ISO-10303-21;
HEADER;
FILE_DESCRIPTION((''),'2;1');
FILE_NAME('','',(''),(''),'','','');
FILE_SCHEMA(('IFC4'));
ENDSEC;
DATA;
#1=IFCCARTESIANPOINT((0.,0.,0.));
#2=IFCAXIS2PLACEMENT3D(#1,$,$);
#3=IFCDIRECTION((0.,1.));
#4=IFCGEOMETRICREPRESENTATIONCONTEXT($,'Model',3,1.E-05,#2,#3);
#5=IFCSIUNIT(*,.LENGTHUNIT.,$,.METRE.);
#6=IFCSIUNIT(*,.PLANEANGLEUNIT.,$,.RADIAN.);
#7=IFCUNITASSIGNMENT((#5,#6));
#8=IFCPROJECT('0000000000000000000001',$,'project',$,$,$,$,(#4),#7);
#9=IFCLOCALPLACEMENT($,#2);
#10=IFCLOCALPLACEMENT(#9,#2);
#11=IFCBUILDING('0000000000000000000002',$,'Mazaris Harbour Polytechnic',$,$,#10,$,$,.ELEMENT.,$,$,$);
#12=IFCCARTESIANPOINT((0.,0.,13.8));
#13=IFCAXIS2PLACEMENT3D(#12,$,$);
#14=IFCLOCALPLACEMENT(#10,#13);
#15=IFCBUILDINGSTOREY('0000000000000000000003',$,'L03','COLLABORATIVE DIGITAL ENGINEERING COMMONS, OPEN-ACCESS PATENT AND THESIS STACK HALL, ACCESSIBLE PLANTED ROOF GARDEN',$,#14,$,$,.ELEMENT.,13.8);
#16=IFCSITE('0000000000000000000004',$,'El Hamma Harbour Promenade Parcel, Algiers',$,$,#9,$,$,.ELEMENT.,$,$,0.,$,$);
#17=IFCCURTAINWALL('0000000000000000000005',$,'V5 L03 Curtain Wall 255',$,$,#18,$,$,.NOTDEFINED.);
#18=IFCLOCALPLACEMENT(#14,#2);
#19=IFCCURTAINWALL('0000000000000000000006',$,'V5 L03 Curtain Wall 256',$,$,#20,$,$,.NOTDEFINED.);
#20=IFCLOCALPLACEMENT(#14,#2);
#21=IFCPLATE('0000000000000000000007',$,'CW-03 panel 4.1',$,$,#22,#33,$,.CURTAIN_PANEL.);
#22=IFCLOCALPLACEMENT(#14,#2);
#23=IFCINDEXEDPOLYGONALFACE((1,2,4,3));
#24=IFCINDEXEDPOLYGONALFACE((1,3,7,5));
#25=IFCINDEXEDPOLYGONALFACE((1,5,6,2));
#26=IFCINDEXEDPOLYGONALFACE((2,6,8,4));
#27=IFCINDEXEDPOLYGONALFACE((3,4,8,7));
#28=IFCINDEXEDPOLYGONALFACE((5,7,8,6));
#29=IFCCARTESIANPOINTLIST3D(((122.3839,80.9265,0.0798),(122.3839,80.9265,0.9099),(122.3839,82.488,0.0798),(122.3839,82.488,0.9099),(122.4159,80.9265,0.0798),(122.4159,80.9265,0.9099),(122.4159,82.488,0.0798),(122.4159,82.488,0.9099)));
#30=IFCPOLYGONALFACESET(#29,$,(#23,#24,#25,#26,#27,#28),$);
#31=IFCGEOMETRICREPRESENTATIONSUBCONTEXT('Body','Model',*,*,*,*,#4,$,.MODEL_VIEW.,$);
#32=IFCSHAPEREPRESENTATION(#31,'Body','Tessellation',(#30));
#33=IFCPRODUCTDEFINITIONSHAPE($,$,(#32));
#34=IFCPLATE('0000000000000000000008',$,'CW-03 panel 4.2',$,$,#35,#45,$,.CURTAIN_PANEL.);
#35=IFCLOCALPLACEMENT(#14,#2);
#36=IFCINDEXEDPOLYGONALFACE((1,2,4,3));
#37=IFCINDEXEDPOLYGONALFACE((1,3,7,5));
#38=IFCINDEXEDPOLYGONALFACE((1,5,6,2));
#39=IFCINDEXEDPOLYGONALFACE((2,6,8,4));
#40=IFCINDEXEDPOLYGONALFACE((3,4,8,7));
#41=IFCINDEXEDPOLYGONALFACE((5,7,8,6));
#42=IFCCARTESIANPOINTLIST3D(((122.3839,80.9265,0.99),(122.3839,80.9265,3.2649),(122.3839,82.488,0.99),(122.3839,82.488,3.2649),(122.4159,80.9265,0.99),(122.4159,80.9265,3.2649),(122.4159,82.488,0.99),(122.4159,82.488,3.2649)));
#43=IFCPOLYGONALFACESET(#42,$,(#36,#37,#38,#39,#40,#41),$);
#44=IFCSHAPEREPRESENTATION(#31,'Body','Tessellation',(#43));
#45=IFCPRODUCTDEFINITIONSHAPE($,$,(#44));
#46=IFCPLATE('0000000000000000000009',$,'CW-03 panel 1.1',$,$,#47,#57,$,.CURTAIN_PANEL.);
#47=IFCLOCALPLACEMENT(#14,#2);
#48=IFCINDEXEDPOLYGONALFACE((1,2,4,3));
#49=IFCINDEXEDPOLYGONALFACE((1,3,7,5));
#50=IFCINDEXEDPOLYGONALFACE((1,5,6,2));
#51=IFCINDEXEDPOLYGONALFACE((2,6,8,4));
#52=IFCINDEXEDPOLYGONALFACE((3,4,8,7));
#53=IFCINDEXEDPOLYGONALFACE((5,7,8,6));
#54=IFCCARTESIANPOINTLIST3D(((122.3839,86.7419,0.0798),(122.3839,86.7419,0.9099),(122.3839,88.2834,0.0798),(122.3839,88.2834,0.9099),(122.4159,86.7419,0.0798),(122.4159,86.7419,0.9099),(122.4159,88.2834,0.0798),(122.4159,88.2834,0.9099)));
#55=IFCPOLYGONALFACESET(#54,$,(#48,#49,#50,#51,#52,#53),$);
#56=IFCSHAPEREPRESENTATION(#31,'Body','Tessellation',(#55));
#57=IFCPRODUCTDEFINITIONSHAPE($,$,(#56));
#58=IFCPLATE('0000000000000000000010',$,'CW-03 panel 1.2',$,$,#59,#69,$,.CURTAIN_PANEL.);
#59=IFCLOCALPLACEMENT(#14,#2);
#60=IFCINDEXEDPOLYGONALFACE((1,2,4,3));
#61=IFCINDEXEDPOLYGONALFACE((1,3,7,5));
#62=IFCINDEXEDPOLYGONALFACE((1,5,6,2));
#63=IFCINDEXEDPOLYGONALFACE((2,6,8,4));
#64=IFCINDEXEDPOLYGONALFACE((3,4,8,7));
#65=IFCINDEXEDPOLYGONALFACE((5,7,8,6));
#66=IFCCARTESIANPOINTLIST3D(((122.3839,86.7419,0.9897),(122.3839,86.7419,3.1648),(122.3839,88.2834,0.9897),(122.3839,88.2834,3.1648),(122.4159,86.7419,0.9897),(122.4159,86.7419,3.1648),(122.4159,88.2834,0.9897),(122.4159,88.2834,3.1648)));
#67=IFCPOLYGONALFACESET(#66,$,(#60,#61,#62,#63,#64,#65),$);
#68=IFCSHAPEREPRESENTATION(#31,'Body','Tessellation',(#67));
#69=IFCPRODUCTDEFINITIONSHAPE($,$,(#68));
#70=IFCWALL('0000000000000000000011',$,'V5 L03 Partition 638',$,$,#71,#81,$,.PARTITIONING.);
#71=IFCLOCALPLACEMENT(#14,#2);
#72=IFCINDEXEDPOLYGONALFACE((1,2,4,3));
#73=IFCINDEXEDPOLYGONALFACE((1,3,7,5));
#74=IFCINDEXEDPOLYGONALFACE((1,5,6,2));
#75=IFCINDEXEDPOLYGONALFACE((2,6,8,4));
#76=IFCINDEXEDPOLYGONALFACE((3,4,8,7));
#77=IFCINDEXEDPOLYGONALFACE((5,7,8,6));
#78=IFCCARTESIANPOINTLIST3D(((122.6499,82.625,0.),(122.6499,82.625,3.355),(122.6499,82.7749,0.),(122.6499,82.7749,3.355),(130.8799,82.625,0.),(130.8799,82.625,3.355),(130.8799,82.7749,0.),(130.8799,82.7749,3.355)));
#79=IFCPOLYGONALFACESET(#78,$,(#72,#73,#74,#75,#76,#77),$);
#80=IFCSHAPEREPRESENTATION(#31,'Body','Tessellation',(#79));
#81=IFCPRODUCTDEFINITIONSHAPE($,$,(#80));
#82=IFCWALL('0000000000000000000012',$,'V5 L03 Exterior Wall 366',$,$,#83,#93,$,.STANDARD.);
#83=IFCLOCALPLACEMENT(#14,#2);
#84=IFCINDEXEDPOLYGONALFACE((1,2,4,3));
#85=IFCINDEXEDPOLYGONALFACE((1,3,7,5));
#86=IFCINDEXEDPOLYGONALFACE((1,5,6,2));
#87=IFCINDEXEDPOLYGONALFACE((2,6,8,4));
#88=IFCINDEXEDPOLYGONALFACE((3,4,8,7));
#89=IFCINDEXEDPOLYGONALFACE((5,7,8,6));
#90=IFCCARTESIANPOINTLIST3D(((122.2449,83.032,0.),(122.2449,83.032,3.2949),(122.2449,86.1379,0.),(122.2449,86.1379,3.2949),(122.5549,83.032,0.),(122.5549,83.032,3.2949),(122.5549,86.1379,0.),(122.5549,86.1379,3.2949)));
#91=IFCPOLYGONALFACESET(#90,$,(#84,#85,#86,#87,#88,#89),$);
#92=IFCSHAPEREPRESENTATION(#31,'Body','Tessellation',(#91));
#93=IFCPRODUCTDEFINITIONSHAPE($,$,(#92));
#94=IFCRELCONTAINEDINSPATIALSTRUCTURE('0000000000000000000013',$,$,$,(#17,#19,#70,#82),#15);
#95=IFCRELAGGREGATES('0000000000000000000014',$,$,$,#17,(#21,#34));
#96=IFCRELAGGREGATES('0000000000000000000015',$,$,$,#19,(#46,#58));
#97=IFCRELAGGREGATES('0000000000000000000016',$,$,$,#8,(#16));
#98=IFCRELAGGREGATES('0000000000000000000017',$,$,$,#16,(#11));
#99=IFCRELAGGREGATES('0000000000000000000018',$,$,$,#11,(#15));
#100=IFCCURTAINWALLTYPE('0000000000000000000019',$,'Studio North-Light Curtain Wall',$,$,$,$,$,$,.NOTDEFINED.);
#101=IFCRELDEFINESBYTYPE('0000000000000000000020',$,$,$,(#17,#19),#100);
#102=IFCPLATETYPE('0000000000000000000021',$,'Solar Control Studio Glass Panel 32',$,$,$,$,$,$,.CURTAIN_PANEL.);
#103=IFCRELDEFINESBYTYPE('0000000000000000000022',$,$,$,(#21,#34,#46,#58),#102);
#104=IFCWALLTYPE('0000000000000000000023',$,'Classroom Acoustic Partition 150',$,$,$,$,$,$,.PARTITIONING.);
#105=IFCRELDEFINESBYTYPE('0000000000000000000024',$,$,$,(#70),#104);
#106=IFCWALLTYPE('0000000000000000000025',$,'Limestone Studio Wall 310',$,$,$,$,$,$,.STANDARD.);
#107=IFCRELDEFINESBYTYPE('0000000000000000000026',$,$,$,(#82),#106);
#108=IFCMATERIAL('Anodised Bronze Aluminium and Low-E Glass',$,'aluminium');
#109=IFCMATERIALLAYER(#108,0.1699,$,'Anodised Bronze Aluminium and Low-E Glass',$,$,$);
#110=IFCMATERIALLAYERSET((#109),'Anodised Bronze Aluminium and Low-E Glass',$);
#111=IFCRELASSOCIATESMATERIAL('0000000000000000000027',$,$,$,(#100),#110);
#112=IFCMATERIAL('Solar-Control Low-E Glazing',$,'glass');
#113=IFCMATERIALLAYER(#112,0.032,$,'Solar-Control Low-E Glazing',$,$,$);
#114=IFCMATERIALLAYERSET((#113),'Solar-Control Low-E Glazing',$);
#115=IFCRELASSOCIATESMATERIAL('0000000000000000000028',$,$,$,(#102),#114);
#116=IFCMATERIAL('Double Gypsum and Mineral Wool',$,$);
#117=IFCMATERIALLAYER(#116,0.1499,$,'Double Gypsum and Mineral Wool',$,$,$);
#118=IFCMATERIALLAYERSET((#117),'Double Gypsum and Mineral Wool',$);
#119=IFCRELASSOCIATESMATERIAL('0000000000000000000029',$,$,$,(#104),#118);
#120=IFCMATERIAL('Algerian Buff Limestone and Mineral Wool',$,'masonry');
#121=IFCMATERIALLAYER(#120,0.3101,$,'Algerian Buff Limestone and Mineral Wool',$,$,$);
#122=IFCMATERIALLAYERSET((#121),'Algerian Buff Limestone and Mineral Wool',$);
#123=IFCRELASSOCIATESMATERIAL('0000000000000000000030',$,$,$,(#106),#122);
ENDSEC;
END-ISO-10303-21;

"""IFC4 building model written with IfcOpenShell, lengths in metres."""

from ifc_helpers import new_model, si_unit, direction, frame, frame_2d, origin, origin_2d, place, context, subcontext, project, spatial, rectangle, extrude, material, layer, layer_set, type_object, element, aggregate, save


model = new_model("IFC4")

# Units and contexts
model_context = context("Model", 3, precision=1e-05, world=origin(), true_north=direction((0.0, 1.0)))
body_context = subcontext(model_context, "Body", "Model", "MODEL_VIEW")
ifc_project = project(units=[si_unit("LENGTHUNIT", "METRE"), si_unit("PLANEANGLEUNIT", "RADIAN")], contexts=[model_context])

# Site, building, storey
site_placement = place(None, origin())
site = spatial("IfcSite", under=ifc_project, at=site_placement, Name="El Hamma Harbour Promenade Parcel, Algiers", CompositionType="ELEMENT", RefElevation=0.0)
building_placement = place(site_placement, origin())
building = spatial("IfcBuilding", under=site, at=building_placement, Name="Mazaris Harbour Polytechnic", CompositionType="ELEMENT")
storey_placement = place(building_placement, frame((0.0, 0.0, 13.8)))
storey = spatial("IfcBuildingStorey", under=building, at=storey_placement, Name="L03", Description="COLLABORATIVE DIGITAL ENGINEERING COMMONS, OPEN-ACCESS PATENT AND THESIS STACK HALL, ACCESSIBLE PLANTED ROOF GARDEN", CompositionType="ELEMENT", Elevation=13.8)

# Curtain wall
ifc_material_1 = material(Name="Anodised Bronze Aluminium and Low-E Glass", Category="aluminium")
ifc_layer_1 = layer(ifc_material_1, 0.1699, Name="Anodised Bronze Aluminium and Low-E Glass")
ifc_layer_set_1 = layer_set([ifc_layer_1], Name="Anodised Bronze Aluminium and Low-E Glass")
curtain_wall_type = type_object("IfcCurtainWallType", Name="Studio North-Light Curtain Wall", PredefinedType="NOTDEFINED", material=ifc_layer_set_1)
curtain_wall_1_placement = place(storey_placement, origin())
curtain_wall_1 = element("IfcCurtainWall", 1, at=curtain_wall_1_placement, inside=storey, type_object=curtain_wall_type, Name="V5 L03 Curtain Wall 255", PredefinedType="NOTDEFINED")

# Curtain wall
curtain_wall_2_placement = place(storey_placement, origin())
curtain_wall_2 = element("IfcCurtainWall", 2, at=curtain_wall_2_placement, inside=storey, type_object=curtain_wall_type, Name="V5 L03 Curtain Wall 256", PredefinedType="NOTDEFINED")

# Plates
ifc_material_2 = material(Name="Solar-Control Low-E Glazing", Category="glass")
ifc_layer_2 = layer(ifc_material_2, 0.032, Name="Solar-Control Low-E Glazing")
ifc_layer_set_2 = layer_set([ifc_layer_2], Name="Solar-Control Low-E Glazing")
plate_type = type_object("IfcPlateType", Name="Solar Control Studio Glass Panel 32", PredefinedType="CURTAIN_PANEL", material=ifc_layer_set_2)
plate_1_placement = place(storey_placement, frame((122.3999, 81.7073, 0.0798), z_axis=(0.0, 0.0, 1.0), x_axis=(0.0, 1.0, 0.0)))
plate_1 = element("IfcPlate", 3, at=plate_1_placement, type_object=plate_type, Name="CW-03 panel 4.1", PredefinedType="CURTAIN_PANEL", context=body_context, shape_type="SweptSolid", body=[
    extrude(rectangle(XDim=1.5615, YDim=0.032, at=origin_2d()), origin(), (0.0, 0.0, 1.0), 0.8301),
])
plate_2_placement = place(storey_placement, frame((122.3999, 81.7073, 0.99), z_axis=(0.0, 0.0, 1.0), x_axis=(0.0, 1.0, 0.0)))
plate_2 = element("IfcPlate", 4, at=plate_2_placement, type_object=plate_type, Name="CW-03 panel 4.2", PredefinedType="CURTAIN_PANEL", context=body_context, shape_type="SweptSolid", body=[
    extrude(rectangle(XDim=1.5615, YDim=0.032, at=origin_2d()), origin(), (0.0, 0.0, 1.0), 2.2749),
])
aggregate(curtain_wall_1, [plate_1, plate_2])
plate_3_placement = place(storey_placement, frame((122.3999, 87.5127, 0.0798), z_axis=(0.0, 0.0, 1.0), x_axis=(0.0, 1.0, 0.0)))
plate_3 = element("IfcPlate", 5, at=plate_3_placement, type_object=plate_type, Name="CW-03 panel 1.1", PredefinedType="CURTAIN_PANEL", context=body_context, shape_type="SweptSolid", body=[
    extrude(rectangle(XDim=1.5415, YDim=0.032, at=origin_2d()), origin(), (0.0, 0.0, 1.0), 0.8301),
])
plate_4_placement = place(storey_placement, frame((122.3999, 87.5127, 0.9897), z_axis=(0.0, 0.0, 1.0), x_axis=(0.0, 1.0, 0.0)))
plate_4 = element("IfcPlate", 6, at=plate_4_placement, type_object=plate_type, Name="CW-03 panel 1.2", PredefinedType="CURTAIN_PANEL", context=body_context, shape_type="SweptSolid", body=[
    extrude(rectangle(XDim=1.5415, YDim=0.032, at=origin_2d()), origin(), (0.0, 0.0, 1.0), 2.175),
])
aggregate(curtain_wall_2, [plate_3, plate_4])

# Walls
ifc_material_3 = material(Name="Double Gypsum and Mineral Wool")
ifc_layer_3 = layer(ifc_material_3, 0.1499, Name="Double Gypsum and Mineral Wool")
ifc_layer_set_3 = layer_set([ifc_layer_3], Name="Double Gypsum and Mineral Wool")
wall_type_1 = type_object("IfcWallType", Name="Classroom Acoustic Partition 150", PredefinedType="PARTITIONING", material=ifc_layer_set_3)
wall_1_placement = place(storey_placement, frame((122.6499, 82.7, 0.0), z_axis=(0.0, 0.0, 1.0), x_axis=(1.0, 0.0, 0.0)))
element("IfcWall", 7, at=wall_1_placement, inside=storey, type_object=wall_type_1, Name="V5 L03 Partition 638", PredefinedType="PARTITIONING", context=body_context, shape_type="SweptSolid", body=[
    extrude(rectangle(XDim=8.23, YDim=0.1499, at=frame_2d((4.115, 0.0))), origin(), (0.0, 0.0, 1.0), 3.355),
])
ifc_material_4 = material(Name="Algerian Buff Limestone and Mineral Wool", Category="masonry")
ifc_layer_4 = layer(ifc_material_4, 0.3101, Name="Algerian Buff Limestone and Mineral Wool")
ifc_layer_set_4 = layer_set([ifc_layer_4], Name="Algerian Buff Limestone and Mineral Wool")
wall_type_2 = type_object("IfcWallType", Name="Limestone Studio Wall 310", PredefinedType="STANDARD", material=ifc_layer_set_4)
wall_2_placement = place(storey_placement, frame((122.3999, 83.032, 0.0), z_axis=(0.0, 0.0, 1.0), x_axis=(0.0, 1.0, 0.0)))
element("IfcWall", 8, at=wall_2_placement, inside=storey, type_object=wall_type_2, Name="V5 L03 Exterior Wall 366", PredefinedType="STANDARD", context=body_context, shape_type="SweptSolid", body=[
    extrude(rectangle(XDim=3.106, YDim=0.3101, at=frame_2d((1.553, 0.0))), origin(), (0.0, 0.0, 1.0), 3.2949),
])

save(model, "model.ifc")
